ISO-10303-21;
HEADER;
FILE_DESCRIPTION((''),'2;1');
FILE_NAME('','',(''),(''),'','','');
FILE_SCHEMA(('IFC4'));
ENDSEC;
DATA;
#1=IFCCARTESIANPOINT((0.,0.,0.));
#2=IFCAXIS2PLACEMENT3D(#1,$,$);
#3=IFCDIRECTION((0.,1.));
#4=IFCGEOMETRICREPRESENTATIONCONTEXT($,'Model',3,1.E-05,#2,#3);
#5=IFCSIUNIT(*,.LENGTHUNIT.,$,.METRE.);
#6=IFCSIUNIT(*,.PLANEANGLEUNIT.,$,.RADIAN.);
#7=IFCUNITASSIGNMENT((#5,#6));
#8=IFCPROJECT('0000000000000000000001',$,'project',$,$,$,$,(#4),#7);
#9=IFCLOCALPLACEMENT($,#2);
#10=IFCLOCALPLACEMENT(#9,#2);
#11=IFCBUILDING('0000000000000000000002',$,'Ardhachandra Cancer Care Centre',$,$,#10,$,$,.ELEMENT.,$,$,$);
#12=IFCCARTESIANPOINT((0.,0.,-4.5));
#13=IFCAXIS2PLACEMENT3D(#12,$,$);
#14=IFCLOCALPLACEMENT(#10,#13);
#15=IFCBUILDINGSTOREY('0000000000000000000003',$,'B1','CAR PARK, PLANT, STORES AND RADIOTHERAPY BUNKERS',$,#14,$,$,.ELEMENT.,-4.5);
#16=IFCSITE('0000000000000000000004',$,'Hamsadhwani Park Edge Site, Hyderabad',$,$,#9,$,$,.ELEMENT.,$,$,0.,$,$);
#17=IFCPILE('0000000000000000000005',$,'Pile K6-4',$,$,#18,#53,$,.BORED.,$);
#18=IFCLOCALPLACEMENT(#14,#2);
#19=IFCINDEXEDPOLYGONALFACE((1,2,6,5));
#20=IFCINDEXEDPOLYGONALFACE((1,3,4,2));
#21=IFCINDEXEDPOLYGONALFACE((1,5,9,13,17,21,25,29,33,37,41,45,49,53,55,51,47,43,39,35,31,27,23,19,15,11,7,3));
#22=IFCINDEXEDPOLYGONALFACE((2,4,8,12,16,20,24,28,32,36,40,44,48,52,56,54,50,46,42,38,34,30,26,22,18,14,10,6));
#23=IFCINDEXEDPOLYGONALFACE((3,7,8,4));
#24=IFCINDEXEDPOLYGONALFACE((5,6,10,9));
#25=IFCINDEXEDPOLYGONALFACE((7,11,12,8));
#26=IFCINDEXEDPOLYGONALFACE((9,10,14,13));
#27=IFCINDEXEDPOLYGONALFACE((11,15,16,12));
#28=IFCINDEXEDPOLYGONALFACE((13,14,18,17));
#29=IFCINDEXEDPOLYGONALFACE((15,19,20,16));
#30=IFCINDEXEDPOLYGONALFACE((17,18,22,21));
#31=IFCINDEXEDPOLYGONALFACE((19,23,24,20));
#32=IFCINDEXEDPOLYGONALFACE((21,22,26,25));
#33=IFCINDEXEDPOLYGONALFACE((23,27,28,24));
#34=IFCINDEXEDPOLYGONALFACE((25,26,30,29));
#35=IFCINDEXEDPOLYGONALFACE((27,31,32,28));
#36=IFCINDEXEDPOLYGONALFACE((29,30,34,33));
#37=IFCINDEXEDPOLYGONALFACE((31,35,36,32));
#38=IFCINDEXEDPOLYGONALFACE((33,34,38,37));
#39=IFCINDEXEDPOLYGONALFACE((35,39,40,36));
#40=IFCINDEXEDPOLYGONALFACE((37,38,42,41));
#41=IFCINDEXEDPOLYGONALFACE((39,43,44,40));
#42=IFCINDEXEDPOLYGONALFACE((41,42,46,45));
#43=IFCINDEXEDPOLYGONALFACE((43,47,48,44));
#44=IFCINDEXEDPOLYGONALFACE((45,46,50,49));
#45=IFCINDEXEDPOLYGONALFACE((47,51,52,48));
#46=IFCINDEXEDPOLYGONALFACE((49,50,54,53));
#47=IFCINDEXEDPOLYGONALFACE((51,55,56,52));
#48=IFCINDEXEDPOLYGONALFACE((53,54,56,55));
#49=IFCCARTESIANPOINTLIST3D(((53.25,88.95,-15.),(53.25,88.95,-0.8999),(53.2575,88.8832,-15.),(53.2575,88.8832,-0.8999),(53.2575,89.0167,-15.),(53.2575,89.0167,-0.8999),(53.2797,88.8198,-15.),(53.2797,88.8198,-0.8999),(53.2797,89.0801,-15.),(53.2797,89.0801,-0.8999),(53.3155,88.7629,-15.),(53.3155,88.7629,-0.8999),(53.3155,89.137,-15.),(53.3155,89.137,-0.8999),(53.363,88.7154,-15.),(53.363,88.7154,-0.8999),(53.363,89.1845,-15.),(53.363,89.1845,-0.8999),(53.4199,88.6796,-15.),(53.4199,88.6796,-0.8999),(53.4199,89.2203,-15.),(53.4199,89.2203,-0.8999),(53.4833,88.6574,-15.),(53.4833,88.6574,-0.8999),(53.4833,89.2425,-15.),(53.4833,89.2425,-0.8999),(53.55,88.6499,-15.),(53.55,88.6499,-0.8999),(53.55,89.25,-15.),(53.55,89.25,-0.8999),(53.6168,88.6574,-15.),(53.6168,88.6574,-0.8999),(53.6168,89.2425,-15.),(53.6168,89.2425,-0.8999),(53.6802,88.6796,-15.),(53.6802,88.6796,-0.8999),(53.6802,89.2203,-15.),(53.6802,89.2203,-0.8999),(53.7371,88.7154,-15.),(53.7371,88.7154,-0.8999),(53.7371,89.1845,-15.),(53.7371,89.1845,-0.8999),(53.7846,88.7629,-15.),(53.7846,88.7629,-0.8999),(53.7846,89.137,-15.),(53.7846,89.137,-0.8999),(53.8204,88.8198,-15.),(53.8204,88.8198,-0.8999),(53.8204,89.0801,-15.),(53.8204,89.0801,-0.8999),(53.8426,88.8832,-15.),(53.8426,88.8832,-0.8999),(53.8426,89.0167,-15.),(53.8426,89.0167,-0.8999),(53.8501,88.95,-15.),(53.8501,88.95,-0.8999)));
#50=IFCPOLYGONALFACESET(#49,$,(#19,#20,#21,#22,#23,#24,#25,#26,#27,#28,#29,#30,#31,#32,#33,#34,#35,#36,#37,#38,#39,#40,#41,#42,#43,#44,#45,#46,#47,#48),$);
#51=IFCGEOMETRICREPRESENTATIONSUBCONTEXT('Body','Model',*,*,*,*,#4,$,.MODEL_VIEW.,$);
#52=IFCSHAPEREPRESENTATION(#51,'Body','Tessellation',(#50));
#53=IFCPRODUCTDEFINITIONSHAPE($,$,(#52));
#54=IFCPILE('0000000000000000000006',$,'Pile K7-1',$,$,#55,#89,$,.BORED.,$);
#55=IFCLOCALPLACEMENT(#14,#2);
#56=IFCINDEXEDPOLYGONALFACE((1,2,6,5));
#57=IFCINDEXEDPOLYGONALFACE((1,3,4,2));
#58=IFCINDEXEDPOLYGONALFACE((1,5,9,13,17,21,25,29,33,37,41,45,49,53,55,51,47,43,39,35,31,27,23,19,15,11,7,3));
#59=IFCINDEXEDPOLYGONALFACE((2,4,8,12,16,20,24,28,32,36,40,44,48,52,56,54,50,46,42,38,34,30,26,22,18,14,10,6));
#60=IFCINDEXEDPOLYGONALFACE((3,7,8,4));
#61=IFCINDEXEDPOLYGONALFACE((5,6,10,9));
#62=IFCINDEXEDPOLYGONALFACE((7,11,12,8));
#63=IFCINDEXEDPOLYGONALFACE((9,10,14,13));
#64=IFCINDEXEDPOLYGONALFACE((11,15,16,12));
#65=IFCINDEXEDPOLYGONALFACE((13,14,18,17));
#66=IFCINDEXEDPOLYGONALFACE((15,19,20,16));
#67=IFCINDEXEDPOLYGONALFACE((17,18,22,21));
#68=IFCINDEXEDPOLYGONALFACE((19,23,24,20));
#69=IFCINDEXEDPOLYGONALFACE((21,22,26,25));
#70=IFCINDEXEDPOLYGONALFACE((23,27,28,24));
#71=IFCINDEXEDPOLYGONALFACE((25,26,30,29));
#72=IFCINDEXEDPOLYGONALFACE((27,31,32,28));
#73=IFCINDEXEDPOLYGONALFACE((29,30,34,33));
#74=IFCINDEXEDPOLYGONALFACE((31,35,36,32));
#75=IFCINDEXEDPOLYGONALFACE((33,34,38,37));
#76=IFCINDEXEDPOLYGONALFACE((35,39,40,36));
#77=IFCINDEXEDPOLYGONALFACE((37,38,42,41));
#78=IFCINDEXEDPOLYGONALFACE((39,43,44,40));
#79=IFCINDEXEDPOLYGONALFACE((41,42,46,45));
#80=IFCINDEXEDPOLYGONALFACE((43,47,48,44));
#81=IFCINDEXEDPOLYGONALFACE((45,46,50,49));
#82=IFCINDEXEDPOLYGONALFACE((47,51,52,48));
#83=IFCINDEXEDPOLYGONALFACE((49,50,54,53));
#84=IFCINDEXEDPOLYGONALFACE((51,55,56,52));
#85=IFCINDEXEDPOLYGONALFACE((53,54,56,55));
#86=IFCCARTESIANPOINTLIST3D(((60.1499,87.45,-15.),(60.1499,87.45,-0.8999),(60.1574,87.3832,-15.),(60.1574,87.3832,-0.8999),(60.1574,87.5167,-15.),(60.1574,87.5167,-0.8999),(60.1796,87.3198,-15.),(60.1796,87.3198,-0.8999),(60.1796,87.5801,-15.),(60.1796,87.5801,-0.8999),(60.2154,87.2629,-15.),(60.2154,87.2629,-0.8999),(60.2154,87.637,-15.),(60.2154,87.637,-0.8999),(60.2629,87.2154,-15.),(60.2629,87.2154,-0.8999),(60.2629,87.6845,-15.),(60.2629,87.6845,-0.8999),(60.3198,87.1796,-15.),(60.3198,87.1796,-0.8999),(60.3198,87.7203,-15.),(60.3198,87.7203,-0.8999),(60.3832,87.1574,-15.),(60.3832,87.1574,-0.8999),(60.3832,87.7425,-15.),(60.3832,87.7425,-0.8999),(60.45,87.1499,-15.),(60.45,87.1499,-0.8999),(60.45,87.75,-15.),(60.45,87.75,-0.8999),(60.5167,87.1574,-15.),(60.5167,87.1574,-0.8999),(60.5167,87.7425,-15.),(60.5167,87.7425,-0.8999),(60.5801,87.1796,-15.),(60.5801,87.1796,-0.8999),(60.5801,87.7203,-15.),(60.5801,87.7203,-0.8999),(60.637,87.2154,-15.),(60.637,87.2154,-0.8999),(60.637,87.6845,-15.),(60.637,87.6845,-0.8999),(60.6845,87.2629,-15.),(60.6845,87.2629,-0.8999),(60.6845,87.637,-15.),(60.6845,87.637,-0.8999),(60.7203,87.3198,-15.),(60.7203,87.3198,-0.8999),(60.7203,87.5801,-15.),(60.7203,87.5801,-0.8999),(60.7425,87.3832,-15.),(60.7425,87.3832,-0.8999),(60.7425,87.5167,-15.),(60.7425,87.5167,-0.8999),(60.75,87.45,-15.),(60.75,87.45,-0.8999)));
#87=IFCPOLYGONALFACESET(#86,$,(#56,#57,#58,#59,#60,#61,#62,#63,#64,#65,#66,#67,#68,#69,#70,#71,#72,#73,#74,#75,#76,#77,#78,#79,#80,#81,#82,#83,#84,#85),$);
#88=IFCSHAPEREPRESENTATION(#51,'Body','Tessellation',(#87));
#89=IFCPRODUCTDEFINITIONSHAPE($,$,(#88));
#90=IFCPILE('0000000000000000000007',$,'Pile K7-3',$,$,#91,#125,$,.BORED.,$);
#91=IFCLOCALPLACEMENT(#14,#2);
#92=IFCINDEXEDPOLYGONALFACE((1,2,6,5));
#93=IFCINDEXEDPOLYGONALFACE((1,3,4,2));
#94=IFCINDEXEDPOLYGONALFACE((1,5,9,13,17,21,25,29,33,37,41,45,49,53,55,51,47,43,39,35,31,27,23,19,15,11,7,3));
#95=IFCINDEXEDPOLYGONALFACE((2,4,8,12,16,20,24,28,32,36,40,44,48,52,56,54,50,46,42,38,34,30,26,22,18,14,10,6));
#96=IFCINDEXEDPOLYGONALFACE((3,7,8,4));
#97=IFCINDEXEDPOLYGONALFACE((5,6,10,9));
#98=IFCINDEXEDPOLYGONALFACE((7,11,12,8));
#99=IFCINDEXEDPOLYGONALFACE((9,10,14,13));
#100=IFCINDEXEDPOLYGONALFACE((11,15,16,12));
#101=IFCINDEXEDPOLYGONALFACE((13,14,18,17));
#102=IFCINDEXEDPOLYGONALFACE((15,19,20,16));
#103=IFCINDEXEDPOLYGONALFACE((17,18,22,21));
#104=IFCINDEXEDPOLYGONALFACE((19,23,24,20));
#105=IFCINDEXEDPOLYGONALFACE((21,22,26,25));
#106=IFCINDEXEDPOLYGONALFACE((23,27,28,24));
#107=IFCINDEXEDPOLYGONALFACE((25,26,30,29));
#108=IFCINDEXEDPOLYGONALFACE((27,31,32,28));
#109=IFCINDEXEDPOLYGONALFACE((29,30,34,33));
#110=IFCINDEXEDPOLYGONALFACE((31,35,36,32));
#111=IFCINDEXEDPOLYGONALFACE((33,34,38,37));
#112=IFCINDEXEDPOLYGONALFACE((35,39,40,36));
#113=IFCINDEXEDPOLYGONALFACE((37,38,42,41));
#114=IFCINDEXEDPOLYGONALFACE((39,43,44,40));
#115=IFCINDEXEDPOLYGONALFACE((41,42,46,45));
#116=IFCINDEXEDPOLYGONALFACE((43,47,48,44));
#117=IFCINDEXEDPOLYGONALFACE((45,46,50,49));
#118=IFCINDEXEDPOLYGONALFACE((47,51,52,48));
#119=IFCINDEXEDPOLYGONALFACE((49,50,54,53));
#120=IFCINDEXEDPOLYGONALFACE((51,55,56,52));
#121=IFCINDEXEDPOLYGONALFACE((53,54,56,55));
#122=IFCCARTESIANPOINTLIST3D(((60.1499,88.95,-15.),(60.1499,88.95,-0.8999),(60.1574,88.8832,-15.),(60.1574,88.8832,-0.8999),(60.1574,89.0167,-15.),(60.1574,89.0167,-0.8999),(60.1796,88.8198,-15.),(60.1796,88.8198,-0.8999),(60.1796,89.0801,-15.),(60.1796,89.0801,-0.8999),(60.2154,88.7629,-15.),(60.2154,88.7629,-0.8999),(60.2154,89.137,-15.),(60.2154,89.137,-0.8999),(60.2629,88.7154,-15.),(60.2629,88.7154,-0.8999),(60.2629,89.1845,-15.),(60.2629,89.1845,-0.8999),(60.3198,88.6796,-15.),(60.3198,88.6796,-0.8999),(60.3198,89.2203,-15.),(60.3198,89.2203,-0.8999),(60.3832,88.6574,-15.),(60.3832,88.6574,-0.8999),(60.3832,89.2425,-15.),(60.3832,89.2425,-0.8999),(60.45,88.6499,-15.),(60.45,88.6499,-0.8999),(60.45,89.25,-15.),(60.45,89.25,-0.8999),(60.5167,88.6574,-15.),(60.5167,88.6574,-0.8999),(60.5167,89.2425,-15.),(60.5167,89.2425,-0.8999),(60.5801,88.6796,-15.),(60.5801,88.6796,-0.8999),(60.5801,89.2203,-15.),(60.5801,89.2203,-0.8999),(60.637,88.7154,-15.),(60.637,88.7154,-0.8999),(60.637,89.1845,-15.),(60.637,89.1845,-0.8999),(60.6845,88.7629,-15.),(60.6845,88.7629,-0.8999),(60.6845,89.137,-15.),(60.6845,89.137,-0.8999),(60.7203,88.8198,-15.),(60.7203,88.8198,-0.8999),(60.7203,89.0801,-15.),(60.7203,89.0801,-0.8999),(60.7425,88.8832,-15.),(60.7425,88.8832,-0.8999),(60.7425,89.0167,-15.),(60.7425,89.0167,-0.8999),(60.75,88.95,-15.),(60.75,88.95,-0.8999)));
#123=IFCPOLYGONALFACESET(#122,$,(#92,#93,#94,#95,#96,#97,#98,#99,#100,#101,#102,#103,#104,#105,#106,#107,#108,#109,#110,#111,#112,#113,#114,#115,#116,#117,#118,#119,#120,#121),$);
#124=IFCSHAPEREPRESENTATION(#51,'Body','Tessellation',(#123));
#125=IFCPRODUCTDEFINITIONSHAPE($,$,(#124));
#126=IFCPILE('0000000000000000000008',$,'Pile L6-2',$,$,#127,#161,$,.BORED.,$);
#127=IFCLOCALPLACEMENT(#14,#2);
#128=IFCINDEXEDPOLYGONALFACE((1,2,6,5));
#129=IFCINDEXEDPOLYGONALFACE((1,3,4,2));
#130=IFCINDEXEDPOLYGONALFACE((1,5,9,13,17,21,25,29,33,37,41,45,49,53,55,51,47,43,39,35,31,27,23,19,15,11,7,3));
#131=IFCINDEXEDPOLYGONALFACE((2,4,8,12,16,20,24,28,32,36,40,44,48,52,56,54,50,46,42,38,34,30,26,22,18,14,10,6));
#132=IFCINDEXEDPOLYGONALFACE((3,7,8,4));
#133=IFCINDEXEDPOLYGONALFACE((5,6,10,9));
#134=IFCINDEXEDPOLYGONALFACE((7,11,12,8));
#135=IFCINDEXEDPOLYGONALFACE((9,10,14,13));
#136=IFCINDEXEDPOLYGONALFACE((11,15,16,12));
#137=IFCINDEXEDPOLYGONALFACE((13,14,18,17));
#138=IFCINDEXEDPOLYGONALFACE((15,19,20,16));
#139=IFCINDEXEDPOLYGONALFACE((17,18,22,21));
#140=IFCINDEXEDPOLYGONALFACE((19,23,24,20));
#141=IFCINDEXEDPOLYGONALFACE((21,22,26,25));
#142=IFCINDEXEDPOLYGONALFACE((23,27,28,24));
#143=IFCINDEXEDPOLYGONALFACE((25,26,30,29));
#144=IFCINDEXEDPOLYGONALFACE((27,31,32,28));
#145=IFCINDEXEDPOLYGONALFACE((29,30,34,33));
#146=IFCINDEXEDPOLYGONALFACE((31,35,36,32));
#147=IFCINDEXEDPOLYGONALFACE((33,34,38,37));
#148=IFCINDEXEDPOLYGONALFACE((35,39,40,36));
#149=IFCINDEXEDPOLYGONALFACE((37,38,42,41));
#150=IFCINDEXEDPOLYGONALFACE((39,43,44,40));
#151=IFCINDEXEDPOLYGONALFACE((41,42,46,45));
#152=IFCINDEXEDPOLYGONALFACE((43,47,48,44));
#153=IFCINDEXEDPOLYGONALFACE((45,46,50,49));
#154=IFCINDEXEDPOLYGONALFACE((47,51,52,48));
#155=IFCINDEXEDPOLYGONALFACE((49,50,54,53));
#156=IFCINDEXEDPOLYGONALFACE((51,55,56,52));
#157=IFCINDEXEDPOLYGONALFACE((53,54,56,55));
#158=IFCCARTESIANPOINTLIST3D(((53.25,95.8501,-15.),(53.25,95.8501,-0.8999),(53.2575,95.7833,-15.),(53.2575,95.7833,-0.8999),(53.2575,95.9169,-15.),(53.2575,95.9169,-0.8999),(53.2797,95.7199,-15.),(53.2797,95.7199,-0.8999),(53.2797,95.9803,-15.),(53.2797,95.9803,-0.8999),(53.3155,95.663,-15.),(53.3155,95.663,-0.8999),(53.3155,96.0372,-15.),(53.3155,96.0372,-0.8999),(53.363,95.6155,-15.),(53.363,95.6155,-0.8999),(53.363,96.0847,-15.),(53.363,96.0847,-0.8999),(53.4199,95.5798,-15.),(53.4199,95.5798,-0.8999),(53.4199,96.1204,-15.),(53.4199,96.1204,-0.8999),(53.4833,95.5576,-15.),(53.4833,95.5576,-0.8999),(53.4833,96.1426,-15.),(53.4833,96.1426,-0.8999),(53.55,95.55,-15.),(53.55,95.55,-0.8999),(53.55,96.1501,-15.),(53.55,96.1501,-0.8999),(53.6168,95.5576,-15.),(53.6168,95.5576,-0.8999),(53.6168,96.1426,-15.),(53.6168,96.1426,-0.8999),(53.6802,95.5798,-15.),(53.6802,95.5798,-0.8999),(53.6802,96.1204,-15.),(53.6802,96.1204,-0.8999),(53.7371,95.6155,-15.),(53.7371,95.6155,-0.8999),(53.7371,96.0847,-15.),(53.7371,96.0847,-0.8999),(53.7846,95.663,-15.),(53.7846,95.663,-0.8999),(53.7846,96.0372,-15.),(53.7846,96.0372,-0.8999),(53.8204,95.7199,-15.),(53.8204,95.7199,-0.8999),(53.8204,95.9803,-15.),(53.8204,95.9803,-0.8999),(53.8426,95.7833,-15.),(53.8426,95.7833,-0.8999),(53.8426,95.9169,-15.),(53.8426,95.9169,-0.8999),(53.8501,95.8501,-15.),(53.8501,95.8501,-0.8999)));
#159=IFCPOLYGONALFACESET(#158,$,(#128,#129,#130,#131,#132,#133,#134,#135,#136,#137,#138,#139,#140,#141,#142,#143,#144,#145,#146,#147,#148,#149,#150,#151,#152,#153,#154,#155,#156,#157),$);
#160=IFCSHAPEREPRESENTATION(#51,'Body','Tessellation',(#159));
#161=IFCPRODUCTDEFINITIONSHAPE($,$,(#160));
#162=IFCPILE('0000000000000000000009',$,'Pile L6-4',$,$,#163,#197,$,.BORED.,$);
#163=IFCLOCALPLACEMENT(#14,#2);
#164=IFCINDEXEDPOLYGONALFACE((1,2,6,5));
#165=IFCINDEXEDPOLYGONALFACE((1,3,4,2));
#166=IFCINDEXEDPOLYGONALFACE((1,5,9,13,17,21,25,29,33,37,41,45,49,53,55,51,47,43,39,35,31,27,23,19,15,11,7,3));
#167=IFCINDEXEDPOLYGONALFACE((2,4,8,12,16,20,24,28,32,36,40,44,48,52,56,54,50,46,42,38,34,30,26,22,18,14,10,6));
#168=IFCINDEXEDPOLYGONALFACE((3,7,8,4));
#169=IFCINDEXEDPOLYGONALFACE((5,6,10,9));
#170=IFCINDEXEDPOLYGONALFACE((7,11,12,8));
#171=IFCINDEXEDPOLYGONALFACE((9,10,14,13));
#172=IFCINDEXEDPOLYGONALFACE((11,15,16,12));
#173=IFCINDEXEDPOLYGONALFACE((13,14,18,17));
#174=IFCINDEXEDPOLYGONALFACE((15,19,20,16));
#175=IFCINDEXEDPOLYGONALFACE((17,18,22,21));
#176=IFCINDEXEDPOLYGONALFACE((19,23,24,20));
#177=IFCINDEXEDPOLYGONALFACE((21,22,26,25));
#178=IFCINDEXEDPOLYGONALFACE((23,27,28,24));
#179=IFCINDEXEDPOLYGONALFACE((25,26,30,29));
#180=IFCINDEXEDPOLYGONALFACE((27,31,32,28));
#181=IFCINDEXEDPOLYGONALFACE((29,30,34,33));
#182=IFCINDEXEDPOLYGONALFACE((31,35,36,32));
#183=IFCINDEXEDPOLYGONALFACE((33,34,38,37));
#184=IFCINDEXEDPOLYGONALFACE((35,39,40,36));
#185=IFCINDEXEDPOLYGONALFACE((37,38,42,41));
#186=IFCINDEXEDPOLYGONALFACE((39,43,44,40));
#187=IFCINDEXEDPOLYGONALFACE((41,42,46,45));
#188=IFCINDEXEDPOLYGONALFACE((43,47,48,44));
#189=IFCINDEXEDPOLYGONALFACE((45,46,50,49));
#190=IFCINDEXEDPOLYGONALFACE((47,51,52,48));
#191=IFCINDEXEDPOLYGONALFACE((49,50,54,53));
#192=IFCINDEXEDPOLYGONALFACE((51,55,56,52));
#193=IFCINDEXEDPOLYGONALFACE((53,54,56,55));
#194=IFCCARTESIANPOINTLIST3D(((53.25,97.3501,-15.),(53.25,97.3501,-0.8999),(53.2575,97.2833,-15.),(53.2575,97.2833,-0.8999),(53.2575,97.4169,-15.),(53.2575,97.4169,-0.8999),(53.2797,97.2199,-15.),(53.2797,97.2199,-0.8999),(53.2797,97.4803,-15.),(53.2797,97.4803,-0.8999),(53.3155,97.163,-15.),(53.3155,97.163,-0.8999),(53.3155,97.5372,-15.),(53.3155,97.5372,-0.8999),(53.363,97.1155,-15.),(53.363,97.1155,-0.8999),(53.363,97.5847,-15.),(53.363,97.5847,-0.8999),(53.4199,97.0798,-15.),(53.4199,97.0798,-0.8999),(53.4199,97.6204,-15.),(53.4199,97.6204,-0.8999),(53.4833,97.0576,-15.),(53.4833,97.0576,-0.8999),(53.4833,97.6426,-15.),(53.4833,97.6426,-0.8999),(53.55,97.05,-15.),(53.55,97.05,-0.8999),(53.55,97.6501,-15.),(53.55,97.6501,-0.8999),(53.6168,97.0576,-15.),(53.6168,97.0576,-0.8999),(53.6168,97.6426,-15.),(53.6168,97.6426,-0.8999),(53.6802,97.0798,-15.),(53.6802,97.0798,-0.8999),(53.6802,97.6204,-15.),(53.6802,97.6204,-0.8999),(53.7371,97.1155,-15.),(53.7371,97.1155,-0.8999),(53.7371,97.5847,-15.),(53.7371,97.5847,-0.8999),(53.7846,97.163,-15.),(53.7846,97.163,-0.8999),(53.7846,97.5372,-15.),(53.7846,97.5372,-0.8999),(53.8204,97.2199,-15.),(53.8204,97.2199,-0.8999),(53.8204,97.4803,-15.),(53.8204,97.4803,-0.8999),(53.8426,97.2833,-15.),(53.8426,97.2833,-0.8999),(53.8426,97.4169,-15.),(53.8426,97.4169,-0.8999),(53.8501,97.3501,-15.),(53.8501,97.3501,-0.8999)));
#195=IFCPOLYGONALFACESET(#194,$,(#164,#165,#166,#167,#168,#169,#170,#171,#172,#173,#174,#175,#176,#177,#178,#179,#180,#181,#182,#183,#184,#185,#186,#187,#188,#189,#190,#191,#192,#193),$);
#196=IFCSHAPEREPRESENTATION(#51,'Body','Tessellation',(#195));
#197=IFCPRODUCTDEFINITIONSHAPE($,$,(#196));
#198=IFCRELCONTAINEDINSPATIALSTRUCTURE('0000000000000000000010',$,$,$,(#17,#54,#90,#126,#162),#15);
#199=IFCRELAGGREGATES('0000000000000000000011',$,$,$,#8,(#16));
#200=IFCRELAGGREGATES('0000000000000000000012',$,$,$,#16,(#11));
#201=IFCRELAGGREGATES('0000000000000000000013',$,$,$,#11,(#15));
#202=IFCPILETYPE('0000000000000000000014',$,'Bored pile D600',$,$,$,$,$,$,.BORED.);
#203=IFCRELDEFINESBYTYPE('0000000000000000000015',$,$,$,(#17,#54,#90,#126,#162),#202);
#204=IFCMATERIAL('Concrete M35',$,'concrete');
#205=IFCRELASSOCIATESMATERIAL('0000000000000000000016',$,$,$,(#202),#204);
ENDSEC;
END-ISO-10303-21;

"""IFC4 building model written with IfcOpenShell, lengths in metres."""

from ifc_helpers import new_model, si_unit, direction, frame, origin, origin_2d, place, context, subcontext, project, spatial, circle, extrude, material, material_profile, profile_set, type_object, element, save


model = new_model("IFC4")

# Units and contexts
model_context = context("Model", 3, precision=1e-05, world=origin(), true_north=direction((0.0, 1.0)))
body_context = subcontext(model_context, "Body", "Model", "MODEL_VIEW")
ifc_project = project(units=[si_unit("LENGTHUNIT", "METRE"), si_unit("PLANEANGLEUNIT", "RADIAN")], contexts=[model_context])

# Site, building, storey
site_placement = place(None, origin())
site = spatial("IfcSite", under=ifc_project, at=site_placement, Name="Hamsadhwani Park Edge Site, Hyderabad", CompositionType="ELEMENT", RefElevation=0.0)
building_placement = place(site_placement, origin())
building = spatial("IfcBuilding", under=site, at=building_placement, Name="Ardhachandra Cancer Care Centre", CompositionType="ELEMENT")
storey_placement = place(building_placement, frame((0.0, 0.0, -4.5)))
storey = spatial("IfcBuildingStorey", under=building, at=storey_placement, Name="B1", Description="CAR PARK, PLANT, STORES AND RADIOTHERAPY BUNKERS", CompositionType="ELEMENT", Elevation=-4.5)

# Piles
ifc_material_1 = material(Name="Concrete M35", Category="concrete")
ifc_material_profile_1 = material_profile(ifc_material_1, circle(Radius=0.3, at=origin_2d()), Name="D600")
ifc_profile_set_1 = profile_set([ifc_material_profile_1], Name="Concrete M35")
pile_type = type_object("IfcPileType", Name="Bored pile D600", PredefinedType="BORED", material=ifc_profile_set_1)
for number, where, z_axis, x_axis, name in (
    (1, (53.55, 88.95, -0.8999), (0.0, 0.0, -1.0), (1.0, 0.0, 0.0), "Pile K6-4"),
    (2, (60.45, 87.45, -0.8999), (0.0, 0.0, -1.0), (1.0, 0.0, 0.0), "Pile K7-1"),
    (3, (60.45, 88.95, -0.8999), (0.0, 0.0, -1.0), (1.0, 0.0, 0.0), "Pile K7-3"),
    (4, (53.55, 95.8501, -0.8999), (0.0, 0.0, -1.0), (1.0, 0.0, 0.0), "Pile L6-2"),
    (5, (53.55, 97.3501, -0.8999), (0.0, 0.0, -1.0), (1.0, 0.0, 0.0), "Pile L6-4"),
):
    element("IfcPile", number, at=place(storey_placement, frame(where, z_axis=z_axis, x_axis=x_axis)), inside=storey, type_object=pile_type, Name=name, PredefinedType="BORED", context=body_context, shape_type="SweptSolid", body=[
        extrude(circle(Radius=0.3, at=origin_2d()), origin(), (0.0, 0.0, 1.0), 14.1001),
    ])

save(model, "model.ifc")
